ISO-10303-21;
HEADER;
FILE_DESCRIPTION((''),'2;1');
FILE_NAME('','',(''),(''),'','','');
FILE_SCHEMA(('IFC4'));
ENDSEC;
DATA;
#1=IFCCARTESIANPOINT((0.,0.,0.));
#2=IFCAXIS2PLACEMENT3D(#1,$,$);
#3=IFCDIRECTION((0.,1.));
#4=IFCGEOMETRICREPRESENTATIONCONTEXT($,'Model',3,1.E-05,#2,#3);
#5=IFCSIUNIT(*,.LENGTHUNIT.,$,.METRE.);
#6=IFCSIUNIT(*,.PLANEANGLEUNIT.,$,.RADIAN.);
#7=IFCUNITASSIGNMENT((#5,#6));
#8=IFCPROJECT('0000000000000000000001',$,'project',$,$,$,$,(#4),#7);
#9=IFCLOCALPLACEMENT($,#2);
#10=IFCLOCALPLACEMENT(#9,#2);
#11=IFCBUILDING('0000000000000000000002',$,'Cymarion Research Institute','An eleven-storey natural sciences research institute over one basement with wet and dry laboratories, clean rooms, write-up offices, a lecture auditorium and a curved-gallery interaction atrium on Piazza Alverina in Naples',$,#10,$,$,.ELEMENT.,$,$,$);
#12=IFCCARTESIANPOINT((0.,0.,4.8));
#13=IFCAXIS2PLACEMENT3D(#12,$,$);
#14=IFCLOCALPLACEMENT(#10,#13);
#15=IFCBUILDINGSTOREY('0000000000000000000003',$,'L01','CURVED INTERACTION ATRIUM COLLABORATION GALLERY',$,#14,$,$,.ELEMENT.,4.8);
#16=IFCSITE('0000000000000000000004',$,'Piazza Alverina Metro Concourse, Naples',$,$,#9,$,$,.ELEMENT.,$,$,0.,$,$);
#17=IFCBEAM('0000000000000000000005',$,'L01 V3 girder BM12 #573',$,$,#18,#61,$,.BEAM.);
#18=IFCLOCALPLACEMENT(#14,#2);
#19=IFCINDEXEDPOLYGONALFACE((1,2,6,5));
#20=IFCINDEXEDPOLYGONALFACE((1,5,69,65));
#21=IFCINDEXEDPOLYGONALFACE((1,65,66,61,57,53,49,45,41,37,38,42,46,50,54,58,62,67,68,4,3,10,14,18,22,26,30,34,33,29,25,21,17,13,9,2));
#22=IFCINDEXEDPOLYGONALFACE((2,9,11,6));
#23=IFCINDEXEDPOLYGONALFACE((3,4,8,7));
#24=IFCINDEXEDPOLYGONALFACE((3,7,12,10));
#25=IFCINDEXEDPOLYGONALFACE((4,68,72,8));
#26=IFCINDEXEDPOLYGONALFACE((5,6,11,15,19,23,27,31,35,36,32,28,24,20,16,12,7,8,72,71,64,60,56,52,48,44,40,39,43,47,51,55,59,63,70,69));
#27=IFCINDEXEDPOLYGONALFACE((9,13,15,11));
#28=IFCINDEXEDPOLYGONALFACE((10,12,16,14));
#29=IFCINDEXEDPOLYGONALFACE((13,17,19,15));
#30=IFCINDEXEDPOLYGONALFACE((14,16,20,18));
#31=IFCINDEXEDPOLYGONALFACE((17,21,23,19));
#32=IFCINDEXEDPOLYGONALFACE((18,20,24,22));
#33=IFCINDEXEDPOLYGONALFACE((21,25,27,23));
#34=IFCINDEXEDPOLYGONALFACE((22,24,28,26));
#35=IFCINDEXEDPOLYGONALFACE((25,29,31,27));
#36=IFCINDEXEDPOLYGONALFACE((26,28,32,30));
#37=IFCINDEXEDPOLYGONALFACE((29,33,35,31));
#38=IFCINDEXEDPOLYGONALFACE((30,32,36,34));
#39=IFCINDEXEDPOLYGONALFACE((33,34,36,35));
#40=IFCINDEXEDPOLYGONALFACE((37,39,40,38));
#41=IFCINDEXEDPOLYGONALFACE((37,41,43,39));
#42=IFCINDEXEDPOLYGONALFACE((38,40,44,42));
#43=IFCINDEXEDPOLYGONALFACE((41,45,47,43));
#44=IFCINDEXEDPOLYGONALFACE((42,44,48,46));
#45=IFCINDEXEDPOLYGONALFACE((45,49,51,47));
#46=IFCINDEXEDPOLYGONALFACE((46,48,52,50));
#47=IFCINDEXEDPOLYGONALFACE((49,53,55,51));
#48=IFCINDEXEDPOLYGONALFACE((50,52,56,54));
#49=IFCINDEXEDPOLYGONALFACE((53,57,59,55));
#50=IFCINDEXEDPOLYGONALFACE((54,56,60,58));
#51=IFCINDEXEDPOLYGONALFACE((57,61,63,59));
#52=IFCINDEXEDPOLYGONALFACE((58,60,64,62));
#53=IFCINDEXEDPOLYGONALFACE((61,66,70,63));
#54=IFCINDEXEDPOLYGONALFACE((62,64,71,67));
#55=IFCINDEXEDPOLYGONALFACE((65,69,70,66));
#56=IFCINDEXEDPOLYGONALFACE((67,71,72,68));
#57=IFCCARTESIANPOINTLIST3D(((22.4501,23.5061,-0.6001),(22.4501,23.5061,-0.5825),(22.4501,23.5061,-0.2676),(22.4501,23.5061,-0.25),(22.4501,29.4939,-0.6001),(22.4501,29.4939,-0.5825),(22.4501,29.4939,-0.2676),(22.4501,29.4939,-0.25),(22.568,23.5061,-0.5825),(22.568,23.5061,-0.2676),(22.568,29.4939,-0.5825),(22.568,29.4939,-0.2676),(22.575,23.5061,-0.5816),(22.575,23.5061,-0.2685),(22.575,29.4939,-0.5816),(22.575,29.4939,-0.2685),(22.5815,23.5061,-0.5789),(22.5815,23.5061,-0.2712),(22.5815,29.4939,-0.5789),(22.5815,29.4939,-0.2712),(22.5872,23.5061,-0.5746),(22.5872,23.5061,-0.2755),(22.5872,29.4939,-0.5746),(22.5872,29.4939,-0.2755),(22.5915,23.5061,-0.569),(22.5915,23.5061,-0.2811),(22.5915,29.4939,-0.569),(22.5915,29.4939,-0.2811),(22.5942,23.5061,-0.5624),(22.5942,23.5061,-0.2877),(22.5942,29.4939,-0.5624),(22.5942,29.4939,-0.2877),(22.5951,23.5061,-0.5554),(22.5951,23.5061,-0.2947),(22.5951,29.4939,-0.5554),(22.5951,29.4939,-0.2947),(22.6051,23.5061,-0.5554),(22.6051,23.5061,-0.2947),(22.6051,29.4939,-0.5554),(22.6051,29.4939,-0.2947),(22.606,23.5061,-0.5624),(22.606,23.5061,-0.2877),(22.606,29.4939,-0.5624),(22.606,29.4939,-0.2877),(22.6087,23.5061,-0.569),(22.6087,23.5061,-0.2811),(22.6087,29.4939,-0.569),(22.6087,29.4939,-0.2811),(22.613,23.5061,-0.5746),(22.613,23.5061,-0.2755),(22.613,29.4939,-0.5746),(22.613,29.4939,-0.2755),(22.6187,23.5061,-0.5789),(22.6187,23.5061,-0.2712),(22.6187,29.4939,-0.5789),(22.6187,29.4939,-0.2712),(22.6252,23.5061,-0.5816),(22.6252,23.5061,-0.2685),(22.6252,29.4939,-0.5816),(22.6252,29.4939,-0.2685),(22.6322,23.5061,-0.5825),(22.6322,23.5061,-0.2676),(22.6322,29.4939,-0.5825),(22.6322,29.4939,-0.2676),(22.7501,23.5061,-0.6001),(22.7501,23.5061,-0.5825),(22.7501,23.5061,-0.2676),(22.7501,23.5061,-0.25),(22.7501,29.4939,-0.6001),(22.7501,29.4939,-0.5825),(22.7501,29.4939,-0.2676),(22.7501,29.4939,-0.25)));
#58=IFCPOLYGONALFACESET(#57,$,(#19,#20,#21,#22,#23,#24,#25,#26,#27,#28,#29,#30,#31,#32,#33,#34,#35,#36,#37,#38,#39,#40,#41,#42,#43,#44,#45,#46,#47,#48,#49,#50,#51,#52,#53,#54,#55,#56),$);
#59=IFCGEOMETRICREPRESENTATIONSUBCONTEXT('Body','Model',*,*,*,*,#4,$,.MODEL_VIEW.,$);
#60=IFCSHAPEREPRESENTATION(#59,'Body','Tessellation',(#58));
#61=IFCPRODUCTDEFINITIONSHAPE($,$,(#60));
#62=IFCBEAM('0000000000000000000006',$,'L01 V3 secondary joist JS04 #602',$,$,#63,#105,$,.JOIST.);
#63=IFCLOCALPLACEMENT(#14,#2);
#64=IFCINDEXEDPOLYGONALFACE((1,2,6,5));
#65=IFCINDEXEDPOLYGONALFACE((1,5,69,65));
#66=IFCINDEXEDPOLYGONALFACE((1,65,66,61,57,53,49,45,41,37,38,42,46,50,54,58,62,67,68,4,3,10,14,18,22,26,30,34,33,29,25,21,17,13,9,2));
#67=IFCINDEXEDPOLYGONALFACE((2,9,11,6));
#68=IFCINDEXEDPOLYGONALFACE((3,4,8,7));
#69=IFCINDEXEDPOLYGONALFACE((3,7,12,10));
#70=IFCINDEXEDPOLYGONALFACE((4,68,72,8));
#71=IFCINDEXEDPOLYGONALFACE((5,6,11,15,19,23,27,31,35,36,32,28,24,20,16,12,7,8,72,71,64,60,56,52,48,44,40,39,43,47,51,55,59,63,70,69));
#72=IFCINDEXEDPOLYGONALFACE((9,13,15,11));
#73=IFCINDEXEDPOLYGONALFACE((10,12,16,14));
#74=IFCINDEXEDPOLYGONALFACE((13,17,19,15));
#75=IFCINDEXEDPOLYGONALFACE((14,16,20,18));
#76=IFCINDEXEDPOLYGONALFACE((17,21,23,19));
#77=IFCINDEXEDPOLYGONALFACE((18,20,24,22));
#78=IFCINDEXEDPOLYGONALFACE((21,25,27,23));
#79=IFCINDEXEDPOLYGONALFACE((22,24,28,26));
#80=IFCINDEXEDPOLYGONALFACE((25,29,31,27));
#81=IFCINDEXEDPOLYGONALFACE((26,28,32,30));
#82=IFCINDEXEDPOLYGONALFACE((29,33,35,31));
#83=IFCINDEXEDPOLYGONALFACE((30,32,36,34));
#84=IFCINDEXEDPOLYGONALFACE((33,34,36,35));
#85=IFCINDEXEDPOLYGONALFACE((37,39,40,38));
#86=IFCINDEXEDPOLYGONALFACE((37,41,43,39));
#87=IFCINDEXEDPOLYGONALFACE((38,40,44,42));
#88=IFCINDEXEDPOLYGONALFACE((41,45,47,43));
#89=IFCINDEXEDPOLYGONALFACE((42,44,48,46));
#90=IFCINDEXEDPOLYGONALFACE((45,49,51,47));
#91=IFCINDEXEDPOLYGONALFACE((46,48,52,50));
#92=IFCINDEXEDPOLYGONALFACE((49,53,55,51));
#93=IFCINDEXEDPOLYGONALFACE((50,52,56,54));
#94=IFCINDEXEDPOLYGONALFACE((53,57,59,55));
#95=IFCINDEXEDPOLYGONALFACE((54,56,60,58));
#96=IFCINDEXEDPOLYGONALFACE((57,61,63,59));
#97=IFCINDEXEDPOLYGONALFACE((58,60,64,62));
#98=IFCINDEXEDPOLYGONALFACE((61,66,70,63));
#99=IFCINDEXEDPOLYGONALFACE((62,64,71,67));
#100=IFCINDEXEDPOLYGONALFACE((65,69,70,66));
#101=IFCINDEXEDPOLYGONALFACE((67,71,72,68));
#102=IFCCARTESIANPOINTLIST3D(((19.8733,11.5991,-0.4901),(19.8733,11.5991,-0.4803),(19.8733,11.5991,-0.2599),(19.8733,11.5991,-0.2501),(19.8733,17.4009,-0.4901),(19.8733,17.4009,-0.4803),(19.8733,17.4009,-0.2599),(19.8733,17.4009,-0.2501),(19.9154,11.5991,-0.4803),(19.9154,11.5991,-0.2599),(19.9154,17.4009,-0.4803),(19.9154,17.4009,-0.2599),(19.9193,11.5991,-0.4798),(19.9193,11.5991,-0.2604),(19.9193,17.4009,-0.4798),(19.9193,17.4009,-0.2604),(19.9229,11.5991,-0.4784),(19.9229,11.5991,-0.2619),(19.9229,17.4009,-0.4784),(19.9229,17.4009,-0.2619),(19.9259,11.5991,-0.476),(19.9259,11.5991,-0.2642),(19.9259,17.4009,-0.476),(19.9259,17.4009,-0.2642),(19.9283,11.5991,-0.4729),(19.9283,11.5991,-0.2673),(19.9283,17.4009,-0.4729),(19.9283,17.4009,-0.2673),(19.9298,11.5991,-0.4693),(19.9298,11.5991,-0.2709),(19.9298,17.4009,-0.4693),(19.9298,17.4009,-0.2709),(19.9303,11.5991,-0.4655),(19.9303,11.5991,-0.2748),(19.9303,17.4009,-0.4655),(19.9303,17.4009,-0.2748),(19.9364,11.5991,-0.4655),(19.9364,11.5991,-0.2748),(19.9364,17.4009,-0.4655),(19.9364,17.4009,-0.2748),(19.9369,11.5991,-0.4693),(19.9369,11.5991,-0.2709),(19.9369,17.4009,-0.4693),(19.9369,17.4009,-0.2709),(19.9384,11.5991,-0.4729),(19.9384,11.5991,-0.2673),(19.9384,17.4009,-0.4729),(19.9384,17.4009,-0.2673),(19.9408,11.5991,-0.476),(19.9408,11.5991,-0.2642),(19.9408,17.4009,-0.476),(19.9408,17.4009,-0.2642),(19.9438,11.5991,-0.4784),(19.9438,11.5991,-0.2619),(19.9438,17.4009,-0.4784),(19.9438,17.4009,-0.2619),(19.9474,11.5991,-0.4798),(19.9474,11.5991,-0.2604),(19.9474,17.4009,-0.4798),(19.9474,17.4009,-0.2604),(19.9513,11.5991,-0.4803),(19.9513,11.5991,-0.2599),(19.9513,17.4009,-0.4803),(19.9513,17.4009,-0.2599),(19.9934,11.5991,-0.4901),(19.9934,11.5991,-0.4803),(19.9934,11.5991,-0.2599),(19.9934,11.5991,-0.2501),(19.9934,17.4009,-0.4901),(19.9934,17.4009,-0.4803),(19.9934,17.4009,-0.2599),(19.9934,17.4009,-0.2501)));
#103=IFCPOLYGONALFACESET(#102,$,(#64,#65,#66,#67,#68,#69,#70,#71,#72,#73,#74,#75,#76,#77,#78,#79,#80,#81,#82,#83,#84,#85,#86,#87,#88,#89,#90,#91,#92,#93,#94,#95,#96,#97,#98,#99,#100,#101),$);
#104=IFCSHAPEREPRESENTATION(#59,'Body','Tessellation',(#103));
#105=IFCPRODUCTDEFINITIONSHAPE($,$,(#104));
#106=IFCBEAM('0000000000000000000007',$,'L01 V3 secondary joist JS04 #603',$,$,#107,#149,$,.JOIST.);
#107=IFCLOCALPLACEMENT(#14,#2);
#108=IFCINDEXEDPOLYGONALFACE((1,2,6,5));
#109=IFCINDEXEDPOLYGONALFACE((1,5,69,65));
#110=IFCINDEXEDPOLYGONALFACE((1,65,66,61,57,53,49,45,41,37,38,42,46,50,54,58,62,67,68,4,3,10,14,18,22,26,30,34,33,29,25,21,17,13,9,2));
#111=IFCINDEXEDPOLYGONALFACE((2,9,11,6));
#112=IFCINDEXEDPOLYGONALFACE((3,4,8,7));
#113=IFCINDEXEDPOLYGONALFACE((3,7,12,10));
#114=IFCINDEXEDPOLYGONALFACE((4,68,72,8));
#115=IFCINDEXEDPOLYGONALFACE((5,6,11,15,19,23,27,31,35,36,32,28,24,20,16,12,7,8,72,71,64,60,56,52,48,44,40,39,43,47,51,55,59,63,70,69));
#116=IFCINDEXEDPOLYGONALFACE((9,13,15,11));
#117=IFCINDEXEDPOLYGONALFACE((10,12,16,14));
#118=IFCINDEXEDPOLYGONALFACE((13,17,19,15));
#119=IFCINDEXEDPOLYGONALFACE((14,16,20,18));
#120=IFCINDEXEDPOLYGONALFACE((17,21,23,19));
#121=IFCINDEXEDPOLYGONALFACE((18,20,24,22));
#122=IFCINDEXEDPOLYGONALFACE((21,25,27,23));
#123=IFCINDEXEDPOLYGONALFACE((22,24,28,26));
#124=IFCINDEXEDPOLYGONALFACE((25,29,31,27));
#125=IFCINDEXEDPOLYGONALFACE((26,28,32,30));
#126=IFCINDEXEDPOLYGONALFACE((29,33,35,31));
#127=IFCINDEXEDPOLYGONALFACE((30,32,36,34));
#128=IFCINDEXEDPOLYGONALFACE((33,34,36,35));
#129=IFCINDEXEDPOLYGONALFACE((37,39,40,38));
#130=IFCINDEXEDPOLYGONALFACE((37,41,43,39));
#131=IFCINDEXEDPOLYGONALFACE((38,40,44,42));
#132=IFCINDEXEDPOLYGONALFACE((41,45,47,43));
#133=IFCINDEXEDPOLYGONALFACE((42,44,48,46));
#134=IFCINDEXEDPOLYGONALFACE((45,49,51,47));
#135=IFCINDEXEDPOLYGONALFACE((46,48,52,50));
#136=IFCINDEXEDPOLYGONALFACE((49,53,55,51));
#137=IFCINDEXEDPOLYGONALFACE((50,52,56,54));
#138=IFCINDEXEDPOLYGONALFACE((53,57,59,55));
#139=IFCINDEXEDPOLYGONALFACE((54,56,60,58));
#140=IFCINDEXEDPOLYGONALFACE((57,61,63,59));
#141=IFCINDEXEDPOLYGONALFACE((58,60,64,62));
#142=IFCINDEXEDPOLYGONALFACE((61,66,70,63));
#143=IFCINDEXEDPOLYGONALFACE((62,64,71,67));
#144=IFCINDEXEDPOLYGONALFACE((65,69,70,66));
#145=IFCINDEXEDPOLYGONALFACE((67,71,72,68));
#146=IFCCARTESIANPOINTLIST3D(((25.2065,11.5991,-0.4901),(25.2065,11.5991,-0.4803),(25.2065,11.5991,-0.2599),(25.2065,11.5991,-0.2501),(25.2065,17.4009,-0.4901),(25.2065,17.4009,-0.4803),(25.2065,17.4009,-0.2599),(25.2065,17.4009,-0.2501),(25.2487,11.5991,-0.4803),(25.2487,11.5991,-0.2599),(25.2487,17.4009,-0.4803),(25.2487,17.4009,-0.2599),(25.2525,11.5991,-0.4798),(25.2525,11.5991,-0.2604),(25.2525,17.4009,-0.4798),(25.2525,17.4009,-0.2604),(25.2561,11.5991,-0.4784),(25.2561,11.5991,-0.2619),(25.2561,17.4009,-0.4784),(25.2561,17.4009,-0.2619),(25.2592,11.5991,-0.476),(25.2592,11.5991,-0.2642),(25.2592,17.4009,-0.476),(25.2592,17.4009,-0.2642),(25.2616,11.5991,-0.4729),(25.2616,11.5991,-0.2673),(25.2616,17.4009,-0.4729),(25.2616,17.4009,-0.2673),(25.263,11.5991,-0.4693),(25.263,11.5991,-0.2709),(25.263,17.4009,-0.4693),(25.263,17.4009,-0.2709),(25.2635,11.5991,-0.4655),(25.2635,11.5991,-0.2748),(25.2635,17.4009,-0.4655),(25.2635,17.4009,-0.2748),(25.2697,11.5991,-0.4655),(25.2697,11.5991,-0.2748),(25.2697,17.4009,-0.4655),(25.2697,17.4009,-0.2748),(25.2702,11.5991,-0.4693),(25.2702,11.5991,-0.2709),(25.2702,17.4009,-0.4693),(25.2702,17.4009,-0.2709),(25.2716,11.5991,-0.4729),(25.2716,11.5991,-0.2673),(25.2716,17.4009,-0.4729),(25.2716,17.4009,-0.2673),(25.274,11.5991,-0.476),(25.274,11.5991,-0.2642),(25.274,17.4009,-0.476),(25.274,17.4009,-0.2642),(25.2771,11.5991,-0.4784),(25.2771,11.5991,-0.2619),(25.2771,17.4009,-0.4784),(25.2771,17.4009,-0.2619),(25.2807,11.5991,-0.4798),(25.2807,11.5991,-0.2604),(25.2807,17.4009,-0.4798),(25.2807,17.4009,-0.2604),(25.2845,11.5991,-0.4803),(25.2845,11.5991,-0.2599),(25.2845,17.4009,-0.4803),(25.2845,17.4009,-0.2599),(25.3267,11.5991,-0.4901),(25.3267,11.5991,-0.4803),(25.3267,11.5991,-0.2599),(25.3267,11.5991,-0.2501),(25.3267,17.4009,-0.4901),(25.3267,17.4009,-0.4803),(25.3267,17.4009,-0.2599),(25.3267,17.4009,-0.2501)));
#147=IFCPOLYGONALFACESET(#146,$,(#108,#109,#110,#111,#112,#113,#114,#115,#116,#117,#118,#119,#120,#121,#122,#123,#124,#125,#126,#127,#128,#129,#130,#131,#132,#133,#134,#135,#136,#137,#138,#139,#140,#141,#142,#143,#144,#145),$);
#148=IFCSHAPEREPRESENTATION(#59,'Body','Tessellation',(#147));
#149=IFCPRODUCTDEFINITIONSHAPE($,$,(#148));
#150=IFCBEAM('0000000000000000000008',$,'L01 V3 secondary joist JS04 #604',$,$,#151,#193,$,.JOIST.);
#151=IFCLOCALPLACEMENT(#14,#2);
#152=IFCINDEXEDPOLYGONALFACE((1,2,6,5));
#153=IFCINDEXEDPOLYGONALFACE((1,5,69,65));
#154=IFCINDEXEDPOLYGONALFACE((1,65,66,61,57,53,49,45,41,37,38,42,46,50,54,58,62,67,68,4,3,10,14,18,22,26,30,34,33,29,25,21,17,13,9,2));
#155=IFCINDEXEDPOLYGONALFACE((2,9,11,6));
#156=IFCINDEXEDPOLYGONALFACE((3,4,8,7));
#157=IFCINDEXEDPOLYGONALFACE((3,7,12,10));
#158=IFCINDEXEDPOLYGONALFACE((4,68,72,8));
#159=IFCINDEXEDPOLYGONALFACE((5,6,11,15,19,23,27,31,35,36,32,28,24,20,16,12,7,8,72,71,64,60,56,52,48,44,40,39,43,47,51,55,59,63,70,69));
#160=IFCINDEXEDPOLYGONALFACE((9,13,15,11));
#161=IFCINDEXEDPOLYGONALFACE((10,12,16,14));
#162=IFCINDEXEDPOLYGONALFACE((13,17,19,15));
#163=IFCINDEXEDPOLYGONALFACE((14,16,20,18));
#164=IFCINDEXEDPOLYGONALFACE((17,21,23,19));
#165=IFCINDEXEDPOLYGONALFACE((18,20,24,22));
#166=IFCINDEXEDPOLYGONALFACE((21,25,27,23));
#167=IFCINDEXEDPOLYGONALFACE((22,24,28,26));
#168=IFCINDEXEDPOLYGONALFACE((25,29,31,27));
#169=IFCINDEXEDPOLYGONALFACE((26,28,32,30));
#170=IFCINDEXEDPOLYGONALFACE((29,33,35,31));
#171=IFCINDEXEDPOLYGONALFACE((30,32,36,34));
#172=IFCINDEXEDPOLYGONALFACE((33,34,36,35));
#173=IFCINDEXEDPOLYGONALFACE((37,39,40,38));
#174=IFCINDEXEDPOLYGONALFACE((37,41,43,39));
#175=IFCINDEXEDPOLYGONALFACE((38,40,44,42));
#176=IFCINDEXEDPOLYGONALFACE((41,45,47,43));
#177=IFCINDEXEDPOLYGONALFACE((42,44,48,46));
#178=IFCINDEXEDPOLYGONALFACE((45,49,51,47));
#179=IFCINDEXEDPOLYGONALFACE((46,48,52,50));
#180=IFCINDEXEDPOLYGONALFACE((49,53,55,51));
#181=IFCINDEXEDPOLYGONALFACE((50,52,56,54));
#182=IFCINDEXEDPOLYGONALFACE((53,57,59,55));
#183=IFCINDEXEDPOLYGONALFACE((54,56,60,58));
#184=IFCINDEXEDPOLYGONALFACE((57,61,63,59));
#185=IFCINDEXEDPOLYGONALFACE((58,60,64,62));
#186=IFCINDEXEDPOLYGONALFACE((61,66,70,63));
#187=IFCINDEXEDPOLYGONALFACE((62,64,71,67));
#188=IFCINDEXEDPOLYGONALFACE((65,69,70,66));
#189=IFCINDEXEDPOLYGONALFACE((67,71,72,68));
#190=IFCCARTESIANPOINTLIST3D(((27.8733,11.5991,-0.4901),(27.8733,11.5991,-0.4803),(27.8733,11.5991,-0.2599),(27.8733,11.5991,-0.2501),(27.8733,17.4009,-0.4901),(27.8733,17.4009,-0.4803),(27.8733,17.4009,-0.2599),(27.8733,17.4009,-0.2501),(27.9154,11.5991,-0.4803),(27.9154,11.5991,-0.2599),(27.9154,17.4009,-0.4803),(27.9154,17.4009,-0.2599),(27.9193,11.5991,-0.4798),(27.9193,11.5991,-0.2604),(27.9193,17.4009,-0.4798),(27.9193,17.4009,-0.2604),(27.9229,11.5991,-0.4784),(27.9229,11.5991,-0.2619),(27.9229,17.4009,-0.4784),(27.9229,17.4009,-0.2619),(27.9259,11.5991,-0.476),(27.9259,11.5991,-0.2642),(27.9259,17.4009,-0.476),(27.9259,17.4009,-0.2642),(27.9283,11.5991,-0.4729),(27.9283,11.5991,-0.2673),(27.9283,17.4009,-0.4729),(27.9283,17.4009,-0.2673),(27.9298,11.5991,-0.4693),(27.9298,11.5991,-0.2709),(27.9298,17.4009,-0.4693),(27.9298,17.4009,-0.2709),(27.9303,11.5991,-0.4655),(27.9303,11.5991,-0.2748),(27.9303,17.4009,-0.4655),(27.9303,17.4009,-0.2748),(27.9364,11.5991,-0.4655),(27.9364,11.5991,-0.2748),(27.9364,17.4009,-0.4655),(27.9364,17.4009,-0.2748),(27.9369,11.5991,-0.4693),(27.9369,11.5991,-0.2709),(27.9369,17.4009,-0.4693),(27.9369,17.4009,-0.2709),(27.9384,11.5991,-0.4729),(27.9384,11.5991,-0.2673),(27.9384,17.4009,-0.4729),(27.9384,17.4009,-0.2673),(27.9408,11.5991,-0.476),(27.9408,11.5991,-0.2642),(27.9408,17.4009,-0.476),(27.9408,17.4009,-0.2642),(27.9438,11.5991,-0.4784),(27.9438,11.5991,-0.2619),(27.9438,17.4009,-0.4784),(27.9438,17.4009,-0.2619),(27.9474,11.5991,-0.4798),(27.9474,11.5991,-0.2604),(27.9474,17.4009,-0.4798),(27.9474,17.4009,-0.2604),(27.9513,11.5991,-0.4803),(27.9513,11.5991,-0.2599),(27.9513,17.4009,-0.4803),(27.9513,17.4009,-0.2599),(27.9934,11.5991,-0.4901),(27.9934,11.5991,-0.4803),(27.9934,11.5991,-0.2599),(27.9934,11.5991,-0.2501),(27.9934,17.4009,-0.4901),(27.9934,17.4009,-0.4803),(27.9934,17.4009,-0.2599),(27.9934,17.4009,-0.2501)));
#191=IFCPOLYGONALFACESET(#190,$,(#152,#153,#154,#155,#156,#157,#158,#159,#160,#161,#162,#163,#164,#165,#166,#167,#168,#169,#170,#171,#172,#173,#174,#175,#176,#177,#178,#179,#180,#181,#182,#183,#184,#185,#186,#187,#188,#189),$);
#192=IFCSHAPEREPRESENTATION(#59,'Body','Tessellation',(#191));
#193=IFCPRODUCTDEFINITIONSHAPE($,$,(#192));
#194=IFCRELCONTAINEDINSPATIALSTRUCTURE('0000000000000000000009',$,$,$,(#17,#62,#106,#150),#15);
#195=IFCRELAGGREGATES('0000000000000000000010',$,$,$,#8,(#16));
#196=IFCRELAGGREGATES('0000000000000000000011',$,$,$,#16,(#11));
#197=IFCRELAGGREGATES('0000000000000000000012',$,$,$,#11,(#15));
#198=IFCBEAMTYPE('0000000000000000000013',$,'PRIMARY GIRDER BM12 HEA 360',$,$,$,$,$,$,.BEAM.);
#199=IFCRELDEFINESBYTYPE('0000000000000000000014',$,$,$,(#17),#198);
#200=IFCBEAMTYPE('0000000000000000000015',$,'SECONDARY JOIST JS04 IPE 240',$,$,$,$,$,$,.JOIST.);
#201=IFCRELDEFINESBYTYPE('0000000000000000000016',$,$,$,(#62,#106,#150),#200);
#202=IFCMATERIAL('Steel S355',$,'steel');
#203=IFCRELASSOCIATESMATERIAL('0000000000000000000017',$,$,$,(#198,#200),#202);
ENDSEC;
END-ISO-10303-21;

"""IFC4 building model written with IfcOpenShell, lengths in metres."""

from ifc_helpers import new_model, si_unit, direction, frame, origin, origin_2d, place, context, subcontext, project, spatial, i_section, extrude, material, material_profile, profile_set, type_object, element, save


model = new_model("IFC4")

# Units and contexts
model_context = context("Model", 3, precision=1e-05, world=origin(), true_north=direction((0.0, 1.0)))
body_context = subcontext(model_context, "Body", "Model", "MODEL_VIEW")
ifc_project = project(units=[si_unit("LENGTHUNIT", "METRE"), si_unit("PLANEANGLEUNIT", "RADIAN")], contexts=[model_context])

# Site, building, storey
site_placement = place(None, origin())
site = spatial("IfcSite", under=ifc_project, at=site_placement, Name="Piazza Alverina Metro Concourse, Naples", CompositionType="ELEMENT", RefElevation=0.0)
building_placement = place(site_placement, origin())
building = spatial("IfcBuilding", under=site, at=building_placement, Name="Cymarion Research Institute", Description="An eleven-storey natural sciences research institute over one basement with wet and dry laboratories, clean rooms, write-up offices, a lecture auditorium and a curved-gallery interaction atrium on Piazza Alverina in Naples", CompositionType="ELEMENT")
storey_placement = place(building_placement, frame((0.0, 0.0, 4.8)))
storey = spatial("IfcBuildingStorey", under=building, at=storey_placement, Name="L01", Description="CURVED INTERACTION ATRIUM COLLABORATION GALLERY", CompositionType="ELEMENT", Elevation=4.8)

# Shared definitions
ifc_material_1 = material(Name="Steel S355", Category="steel")

# Beams
ifc_material_profile_1 = material_profile(ifc_material_1, i_section(OverallWidth=0.3, OverallDepth=0.3501, WebThickness=0.01, FlangeThickness=0.0176, FilletRadius=0.0271, at=origin_2d()), Name="HEA 360")
ifc_profile_set_1 = profile_set([ifc_material_profile_1], Name="Steel S355")
beam_type_1 = type_object("IfcBeamType", Name="PRIMARY GIRDER BM12 HEA 360", PredefinedType="BEAM", material=ifc_profile_set_1)
for number, where, z_axis, x_axis, name in (
    (1, (22.6001, 23.5061, -0.425), (0.0, 1.0, 0.0), (-1.0, 0.0, 0.0), "L01 V3 girder BM12 #573"),
):
    element("IfcBeam", number, at=place(storey_placement, frame(where, z_axis=z_axis, x_axis=x_axis)), inside=storey, type_object=beam_type_1, Name=name, PredefinedType="BEAM", context=body_context, shape_type="SweptSolid", body=[
        extrude(i_section(OverallWidth=0.3, OverallDepth=0.3501, WebThickness=0.01, FlangeThickness=0.0176, FilletRadius=0.0271, at=origin_2d()), origin(), (0.0, 0.0, 1.0), 5.9878),
    ])
ifc_material_profile_2 = material_profile(ifc_material_1, i_section(OverallWidth=0.1201, OverallDepth=0.24, WebThickness=0.0061, FlangeThickness=0.0098, FilletRadius=0.0149, at=origin_2d()), Name="IPE 240")
ifc_profile_set_2 = profile_set([ifc_material_profile_2], Name="Steel S355")
beam_type_2 = type_object("IfcBeamType", Name="SECONDARY JOIST JS04 IPE 240", PredefinedType="JOIST", material=ifc_profile_set_2)
for number, where, z_axis, x_axis, name in (
    (2, (19.9333, 11.5991, -0.3701), (0.0, 1.0, 0.0), (-1.0, 0.0, 0.0), "L01 V3 secondary joist JS04 #602"),
    (3, (25.2666, 11.5991, -0.3701), (0.0, 1.0, 0.0), (-1.0, 0.0, 0.0), "L01 V3 secondary joist JS04 #603"),
    (4, (27.9333, 11.5991, -0.3701), (0.0, 1.0, 0.0), (-1.0, 0.0, 0.0), "L01 V3 secondary joist JS04 #604"),
):
    element("IfcBeam", number, at=place(storey_placement, frame(where, z_axis=z_axis, x_axis=x_axis)), inside=storey, type_object=beam_type_2, Name=name, PredefinedType="JOIST", context=body_context, shape_type="SweptSolid", body=[
        extrude(i_section(OverallWidth=0.1201, OverallDepth=0.24, WebThickness=0.0061, FlangeThickness=0.0098, FilletRadius=0.0149, at=origin_2d()), origin(), (0.0, 0.0, 1.0), 5.8018),
    ])

save(model, "model.ifc")
